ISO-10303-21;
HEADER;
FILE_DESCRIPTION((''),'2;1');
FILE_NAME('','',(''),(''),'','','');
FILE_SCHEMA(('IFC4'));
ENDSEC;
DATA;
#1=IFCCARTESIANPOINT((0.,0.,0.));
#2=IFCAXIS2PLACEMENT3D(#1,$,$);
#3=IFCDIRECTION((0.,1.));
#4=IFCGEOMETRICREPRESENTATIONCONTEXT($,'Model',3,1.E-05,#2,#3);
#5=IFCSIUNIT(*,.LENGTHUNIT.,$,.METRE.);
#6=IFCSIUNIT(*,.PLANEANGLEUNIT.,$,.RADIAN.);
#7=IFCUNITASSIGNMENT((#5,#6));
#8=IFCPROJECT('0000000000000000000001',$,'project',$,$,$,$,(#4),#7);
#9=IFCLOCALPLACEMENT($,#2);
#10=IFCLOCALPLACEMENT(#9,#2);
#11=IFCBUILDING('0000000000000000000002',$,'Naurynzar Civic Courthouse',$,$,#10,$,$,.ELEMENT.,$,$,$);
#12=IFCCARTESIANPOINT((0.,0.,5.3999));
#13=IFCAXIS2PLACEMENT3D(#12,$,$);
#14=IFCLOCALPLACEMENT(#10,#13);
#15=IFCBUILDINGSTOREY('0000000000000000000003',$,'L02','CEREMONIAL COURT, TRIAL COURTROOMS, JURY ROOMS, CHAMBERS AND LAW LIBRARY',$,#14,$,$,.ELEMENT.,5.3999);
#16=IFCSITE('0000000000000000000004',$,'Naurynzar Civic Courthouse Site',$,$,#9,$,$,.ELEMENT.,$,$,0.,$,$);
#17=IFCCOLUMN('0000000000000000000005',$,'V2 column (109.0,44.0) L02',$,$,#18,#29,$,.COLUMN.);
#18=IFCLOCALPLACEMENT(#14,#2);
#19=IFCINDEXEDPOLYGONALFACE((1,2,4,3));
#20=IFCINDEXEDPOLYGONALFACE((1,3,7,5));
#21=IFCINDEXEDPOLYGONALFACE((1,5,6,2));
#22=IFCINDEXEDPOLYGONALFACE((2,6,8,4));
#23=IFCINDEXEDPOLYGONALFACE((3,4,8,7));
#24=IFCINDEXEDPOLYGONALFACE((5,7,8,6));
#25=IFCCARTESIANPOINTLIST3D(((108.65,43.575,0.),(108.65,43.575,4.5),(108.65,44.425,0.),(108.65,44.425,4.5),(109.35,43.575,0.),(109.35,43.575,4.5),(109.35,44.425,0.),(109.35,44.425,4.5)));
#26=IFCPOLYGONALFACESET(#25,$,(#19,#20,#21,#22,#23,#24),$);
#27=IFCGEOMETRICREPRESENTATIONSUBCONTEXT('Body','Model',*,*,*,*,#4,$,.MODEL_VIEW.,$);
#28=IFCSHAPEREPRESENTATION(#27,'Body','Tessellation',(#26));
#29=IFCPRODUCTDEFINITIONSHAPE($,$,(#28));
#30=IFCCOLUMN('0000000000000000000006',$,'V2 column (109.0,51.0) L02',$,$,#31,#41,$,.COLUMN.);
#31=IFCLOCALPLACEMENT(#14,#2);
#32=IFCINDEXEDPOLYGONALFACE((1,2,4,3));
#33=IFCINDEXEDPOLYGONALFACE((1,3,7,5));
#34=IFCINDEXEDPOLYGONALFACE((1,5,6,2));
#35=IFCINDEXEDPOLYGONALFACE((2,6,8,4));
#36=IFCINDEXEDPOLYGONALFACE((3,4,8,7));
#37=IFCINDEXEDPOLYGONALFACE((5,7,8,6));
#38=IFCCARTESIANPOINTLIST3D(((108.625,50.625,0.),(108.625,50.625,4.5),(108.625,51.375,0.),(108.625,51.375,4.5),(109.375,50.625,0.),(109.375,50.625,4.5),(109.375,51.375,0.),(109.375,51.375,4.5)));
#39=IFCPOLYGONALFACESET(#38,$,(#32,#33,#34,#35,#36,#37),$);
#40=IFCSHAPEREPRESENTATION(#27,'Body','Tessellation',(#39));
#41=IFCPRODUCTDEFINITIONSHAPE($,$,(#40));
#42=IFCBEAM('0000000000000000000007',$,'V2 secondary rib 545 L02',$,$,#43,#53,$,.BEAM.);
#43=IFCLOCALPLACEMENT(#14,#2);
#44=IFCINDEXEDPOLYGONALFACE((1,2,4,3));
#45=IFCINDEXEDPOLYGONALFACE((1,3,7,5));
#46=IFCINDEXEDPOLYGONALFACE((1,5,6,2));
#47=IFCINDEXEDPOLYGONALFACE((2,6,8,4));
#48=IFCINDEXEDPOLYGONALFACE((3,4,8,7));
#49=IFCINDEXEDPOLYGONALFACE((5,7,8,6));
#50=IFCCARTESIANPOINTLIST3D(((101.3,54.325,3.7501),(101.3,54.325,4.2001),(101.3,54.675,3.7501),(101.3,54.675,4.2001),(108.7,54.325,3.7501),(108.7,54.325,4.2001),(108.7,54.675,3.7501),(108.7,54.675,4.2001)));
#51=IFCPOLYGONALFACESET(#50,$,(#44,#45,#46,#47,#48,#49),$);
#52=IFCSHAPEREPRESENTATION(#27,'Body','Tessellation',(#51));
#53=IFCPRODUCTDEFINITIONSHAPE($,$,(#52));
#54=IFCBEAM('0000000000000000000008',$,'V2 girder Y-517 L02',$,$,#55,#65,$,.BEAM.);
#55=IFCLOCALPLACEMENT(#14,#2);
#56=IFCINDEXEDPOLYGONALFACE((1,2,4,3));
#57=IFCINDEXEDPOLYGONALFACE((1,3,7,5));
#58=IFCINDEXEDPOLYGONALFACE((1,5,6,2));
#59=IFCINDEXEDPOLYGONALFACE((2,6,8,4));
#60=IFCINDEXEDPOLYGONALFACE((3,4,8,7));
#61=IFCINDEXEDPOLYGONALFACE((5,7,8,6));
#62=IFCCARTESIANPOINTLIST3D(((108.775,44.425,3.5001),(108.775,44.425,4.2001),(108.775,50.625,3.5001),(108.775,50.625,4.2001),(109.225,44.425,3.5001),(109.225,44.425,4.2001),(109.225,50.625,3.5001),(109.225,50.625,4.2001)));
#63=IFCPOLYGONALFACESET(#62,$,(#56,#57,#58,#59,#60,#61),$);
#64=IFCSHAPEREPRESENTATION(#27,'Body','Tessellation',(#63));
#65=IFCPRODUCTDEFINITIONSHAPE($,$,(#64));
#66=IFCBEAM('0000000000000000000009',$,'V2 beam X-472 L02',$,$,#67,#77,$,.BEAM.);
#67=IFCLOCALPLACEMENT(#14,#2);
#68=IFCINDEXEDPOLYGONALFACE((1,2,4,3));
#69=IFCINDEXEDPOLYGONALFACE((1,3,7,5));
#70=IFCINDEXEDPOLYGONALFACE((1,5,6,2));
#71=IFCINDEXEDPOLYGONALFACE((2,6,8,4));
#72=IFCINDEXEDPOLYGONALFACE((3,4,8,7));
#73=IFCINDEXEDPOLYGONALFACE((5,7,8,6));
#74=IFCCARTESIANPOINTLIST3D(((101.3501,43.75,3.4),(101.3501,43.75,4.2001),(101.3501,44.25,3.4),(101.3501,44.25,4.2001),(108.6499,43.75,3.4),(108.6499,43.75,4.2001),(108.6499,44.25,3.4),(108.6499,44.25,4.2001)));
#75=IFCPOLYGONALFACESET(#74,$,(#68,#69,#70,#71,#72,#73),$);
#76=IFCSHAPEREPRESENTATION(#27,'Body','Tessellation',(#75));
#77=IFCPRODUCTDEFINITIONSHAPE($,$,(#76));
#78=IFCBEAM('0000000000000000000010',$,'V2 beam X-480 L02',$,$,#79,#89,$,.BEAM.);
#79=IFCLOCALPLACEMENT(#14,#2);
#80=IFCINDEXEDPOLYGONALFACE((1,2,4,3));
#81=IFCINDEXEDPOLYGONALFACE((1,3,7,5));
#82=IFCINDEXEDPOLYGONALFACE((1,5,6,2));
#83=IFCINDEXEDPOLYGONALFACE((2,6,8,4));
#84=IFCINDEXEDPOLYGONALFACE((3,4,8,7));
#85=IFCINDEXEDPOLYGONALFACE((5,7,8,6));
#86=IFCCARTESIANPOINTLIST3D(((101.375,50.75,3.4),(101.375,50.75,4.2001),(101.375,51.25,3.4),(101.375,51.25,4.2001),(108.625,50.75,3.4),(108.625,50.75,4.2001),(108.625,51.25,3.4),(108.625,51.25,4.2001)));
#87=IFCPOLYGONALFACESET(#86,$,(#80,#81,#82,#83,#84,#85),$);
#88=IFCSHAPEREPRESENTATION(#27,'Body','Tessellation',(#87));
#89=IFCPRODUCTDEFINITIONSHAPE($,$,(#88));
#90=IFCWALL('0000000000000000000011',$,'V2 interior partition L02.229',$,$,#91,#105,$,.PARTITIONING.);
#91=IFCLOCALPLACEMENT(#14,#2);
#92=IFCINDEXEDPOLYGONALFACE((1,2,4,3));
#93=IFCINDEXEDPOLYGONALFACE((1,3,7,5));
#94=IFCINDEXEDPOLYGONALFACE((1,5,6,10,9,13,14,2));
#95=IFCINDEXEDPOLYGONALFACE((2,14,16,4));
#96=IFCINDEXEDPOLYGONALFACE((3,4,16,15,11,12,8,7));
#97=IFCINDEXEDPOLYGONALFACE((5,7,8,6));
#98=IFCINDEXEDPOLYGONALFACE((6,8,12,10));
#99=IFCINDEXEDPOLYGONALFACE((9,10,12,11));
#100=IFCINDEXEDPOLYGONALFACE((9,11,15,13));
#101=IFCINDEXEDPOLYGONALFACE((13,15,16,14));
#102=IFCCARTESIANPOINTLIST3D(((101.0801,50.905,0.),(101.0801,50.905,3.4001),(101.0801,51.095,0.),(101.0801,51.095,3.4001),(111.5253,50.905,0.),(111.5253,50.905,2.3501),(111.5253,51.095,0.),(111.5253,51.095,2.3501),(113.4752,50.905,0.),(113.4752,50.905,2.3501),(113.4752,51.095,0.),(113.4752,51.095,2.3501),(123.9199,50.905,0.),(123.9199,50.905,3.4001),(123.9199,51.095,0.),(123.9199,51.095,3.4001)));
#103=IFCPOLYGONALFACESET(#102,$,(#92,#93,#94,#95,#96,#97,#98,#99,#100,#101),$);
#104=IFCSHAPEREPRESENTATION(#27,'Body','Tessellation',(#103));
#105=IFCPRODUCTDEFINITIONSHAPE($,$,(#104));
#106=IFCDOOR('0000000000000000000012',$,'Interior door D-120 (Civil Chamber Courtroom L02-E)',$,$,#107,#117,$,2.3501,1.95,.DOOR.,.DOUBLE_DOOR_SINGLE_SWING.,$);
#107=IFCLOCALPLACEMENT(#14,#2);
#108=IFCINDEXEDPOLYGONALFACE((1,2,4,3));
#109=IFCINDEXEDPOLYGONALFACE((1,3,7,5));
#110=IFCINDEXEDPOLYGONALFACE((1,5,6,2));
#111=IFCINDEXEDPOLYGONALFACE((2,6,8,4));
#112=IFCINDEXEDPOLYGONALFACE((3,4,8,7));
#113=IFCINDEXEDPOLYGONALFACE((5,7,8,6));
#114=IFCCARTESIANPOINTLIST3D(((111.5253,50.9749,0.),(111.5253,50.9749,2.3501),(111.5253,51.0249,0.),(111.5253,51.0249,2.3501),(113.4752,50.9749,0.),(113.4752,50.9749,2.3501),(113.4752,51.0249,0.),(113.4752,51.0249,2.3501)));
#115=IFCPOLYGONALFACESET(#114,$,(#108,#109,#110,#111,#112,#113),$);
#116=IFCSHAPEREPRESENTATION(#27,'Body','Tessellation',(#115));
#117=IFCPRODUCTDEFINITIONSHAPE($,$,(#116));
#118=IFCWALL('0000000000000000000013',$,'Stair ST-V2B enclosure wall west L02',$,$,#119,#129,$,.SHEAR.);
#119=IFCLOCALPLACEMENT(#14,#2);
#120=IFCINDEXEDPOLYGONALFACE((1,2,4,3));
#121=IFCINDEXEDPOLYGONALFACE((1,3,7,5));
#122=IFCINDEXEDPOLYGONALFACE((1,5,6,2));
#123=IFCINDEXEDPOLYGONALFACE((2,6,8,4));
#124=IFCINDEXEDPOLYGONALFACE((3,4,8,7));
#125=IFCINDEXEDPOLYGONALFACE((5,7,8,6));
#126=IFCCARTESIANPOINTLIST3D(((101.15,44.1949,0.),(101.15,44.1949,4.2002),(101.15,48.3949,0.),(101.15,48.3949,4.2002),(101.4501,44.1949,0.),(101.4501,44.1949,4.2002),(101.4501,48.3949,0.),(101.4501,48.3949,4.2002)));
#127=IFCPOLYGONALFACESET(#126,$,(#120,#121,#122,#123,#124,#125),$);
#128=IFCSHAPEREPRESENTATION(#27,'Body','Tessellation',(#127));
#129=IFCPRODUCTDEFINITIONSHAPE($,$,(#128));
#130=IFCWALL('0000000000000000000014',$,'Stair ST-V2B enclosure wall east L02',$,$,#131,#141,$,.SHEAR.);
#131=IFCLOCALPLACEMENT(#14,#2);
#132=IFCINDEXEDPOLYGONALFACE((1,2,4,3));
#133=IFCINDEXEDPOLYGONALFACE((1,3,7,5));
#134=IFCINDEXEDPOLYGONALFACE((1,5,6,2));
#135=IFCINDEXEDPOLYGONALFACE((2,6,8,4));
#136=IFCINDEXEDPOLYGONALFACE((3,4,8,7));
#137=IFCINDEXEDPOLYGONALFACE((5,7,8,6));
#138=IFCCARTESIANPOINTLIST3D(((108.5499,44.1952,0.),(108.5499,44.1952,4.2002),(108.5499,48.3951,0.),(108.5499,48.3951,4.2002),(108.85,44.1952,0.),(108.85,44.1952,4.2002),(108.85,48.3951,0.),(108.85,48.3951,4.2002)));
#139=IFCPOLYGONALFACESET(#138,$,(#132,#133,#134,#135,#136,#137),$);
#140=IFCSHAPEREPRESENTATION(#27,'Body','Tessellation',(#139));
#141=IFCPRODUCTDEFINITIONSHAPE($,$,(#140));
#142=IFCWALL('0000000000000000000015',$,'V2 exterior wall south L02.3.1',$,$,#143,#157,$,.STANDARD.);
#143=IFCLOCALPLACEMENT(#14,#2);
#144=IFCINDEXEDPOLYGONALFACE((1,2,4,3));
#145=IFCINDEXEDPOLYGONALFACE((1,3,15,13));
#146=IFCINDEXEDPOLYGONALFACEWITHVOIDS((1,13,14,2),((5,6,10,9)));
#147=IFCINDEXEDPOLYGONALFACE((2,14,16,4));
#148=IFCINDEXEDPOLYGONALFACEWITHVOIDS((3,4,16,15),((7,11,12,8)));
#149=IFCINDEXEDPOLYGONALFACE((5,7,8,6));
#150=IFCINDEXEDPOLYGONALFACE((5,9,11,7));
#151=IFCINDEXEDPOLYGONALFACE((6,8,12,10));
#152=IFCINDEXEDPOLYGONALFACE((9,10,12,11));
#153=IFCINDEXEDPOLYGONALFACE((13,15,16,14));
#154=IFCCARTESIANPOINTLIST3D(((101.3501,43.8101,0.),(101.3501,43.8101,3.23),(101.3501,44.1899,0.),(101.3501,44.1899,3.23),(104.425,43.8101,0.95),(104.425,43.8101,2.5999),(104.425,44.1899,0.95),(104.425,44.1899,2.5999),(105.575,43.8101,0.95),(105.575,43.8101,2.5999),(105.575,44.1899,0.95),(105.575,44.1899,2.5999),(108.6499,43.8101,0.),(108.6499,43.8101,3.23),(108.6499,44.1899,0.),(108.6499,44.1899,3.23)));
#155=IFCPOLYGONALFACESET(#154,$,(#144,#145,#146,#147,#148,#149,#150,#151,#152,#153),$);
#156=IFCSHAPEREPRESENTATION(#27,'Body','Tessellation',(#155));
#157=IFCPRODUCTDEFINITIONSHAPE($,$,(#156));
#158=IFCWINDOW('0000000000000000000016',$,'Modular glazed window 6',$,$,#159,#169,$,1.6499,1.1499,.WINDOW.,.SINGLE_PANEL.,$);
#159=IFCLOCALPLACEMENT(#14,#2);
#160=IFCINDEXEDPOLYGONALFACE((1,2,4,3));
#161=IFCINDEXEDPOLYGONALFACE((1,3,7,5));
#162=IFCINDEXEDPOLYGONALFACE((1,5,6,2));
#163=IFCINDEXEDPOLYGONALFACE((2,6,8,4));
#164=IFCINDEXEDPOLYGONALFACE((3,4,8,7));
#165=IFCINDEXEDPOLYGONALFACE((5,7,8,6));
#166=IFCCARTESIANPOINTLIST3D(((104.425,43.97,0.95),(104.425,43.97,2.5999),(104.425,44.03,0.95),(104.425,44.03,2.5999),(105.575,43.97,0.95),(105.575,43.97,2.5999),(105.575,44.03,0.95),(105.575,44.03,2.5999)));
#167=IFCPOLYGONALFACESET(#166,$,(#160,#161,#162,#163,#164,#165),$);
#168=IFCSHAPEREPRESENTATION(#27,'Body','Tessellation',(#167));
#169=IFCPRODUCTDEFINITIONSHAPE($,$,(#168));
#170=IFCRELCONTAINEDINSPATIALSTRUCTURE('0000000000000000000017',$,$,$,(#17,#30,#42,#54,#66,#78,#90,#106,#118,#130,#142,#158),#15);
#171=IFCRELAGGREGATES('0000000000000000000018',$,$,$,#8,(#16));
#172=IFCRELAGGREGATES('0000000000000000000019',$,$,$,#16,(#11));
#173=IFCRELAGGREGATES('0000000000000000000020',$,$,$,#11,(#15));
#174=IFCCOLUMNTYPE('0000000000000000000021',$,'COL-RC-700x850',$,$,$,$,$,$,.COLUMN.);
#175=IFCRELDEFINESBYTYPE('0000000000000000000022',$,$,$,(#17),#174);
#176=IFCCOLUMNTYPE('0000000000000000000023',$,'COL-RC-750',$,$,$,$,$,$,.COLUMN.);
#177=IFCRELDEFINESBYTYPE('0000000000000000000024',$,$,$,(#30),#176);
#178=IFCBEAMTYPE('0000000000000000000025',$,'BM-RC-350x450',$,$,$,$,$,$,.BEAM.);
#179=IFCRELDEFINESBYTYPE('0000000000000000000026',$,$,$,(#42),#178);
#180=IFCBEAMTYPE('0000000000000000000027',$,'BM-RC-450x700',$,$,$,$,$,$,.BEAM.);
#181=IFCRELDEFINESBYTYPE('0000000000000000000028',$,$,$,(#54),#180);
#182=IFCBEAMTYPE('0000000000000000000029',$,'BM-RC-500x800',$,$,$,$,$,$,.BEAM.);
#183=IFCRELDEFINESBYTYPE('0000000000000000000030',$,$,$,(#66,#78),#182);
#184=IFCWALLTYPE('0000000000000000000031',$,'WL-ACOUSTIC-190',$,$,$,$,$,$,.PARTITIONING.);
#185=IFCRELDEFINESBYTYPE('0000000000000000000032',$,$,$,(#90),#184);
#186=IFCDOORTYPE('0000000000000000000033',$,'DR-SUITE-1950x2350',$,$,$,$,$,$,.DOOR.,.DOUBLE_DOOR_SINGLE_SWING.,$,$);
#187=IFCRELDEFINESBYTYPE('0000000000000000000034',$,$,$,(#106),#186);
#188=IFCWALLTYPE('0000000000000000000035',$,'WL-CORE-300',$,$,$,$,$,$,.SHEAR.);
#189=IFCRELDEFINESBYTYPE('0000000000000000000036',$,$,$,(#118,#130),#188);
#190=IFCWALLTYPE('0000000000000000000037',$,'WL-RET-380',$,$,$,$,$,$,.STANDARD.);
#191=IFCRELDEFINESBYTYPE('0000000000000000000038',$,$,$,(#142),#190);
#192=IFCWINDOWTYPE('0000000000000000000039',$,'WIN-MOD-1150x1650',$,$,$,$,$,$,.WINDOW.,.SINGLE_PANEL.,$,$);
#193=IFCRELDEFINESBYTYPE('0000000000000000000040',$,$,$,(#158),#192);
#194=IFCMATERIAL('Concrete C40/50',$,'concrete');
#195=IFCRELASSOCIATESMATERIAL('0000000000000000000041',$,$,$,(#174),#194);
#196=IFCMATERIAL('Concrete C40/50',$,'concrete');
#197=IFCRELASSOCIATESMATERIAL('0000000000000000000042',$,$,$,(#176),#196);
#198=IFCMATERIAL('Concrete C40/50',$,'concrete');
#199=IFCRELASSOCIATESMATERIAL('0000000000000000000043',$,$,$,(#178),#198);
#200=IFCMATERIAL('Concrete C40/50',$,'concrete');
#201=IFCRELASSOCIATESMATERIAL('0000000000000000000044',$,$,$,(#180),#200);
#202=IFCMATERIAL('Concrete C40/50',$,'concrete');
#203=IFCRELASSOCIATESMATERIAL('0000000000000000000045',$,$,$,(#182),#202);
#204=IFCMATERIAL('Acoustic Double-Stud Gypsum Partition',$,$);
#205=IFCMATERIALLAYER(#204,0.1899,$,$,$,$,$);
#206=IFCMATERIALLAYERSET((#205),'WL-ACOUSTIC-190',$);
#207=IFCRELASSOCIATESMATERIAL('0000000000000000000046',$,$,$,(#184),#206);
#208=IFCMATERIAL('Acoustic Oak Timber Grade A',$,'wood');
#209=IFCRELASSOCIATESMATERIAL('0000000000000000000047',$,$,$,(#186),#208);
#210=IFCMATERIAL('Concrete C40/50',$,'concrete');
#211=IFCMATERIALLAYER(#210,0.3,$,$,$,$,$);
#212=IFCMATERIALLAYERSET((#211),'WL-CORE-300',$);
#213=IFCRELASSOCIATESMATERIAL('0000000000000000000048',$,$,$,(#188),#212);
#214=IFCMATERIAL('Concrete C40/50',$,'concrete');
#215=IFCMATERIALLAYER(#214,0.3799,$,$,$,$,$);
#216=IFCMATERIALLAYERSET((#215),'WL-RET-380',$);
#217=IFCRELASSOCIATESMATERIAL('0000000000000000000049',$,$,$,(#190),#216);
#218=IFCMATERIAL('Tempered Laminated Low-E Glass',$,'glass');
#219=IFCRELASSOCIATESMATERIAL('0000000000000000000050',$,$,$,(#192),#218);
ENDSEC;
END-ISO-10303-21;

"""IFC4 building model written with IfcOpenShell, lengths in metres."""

from ifc_helpers import new_model, si_unit, direction, frame, frame_2d, origin, origin_2d, place, context, subcontext, project, spatial, rectangle, extrude, material, layer, layer_set, material_profile, profile_set, type_object, element, fill, save


model = new_model("IFC4")

# Units and contexts
model_context = context("Model", 3, precision=1e-05, world=origin(), true_north=direction((0.0, 1.0)))
body_context = subcontext(model_context, "Body", "Model", "MODEL_VIEW")
ifc_project = project(units=[si_unit("LENGTHUNIT", "METRE"), si_unit("PLANEANGLEUNIT", "RADIAN")], contexts=[model_context])

# Site, building, storey
site_placement = place(None, origin())
site = spatial("IfcSite", under=ifc_project, at=site_placement, Name="Naurynzar Civic Courthouse Site", CompositionType="ELEMENT", RefElevation=0.0)
building_placement = place(site_placement, origin())
building = spatial("IfcBuilding", under=site, at=building_placement, Name="Naurynzar Civic Courthouse", CompositionType="ELEMENT")
storey_placement = place(building_placement, frame((0.0, 0.0, 5.3999)))
storey = spatial("IfcBuildingStorey", under=building, at=storey_placement, Name="L02", Description="CEREMONIAL COURT, TRIAL COURTROOMS, JURY ROOMS, CHAMBERS AND LAW LIBRARY", CompositionType="ELEMENT", Elevation=5.3999)

# Columns
ifc_material_1 = material(Name="Concrete C40/50", Category="concrete")
ifc_material_profile_1 = material_profile(ifc_material_1, rectangle(XDim=0.7, YDim=0.8501, at=origin_2d()), Name="RC 700x850")
ifc_profile_set_1 = profile_set([ifc_material_profile_1], Name="Concrete C40/50")
column_type_1 = type_object("IfcColumnType", Name="COL-RC-700x850", PredefinedType="COLUMN", material=ifc_profile_set_1)
column_1_placement = place(storey_placement, frame((109.0, 44.0, 0.0), z_axis=(0.0, 0.0, 1.0), x_axis=(1.0, 0.0, 0.0)))
element("IfcColumn", 1, at=column_1_placement, inside=storey, type_object=column_type_1, Name="V2 column (109.0,44.0) L02", PredefinedType="COLUMN", context=body_context, shape_type="SweptSolid", body=[
    extrude(rectangle(XDim=0.7, YDim=0.8501, at=origin_2d()), origin(), (0.0, 0.0, 1.0), 4.5),
])
ifc_material_2 = material(Name="Concrete C40/50", Category="concrete")
ifc_material_profile_2 = material_profile(ifc_material_2, rectangle(XDim=0.75, YDim=0.75, at=origin_2d()), Name="RC 750x750")
ifc_profile_set_2 = profile_set([ifc_material_profile_2], Name="Concrete C40/50")
column_type_2 = type_object("IfcColumnType", Name="COL-RC-750", PredefinedType="COLUMN", material=ifc_profile_set_2)
column_2_placement = place(storey_placement, frame((109.0, 51.0, 0.0), z_axis=(0.0, 0.0, 1.0), x_axis=(1.0, 0.0, 0.0)))
element("IfcColumn", 2, at=column_2_placement, inside=storey, type_object=column_type_2, Name="V2 column (109.0,51.0) L02", PredefinedType="COLUMN", context=body_context, shape_type="SweptSolid", body=[
    extrude(rectangle(XDim=0.75, YDim=0.75, at=origin_2d()), origin(), (0.0, 0.0, 1.0), 4.5),
])

# Beams
ifc_material_3 = material(Name="Concrete C40/50", Category="concrete")
ifc_material_profile_3 = material_profile(ifc_material_3, rectangle(XDim=0.3501, YDim=0.45, at=origin_2d()), Name="RCB 350x450")
ifc_profile_set_3 = profile_set([ifc_material_profile_3], Name="Concrete C40/50")
beam_type_1 = type_object("IfcBeamType", Name="BM-RC-350x450", PredefinedType="BEAM", material=ifc_profile_set_3)
beam_1_placement = place(storey_placement, frame((101.3, 54.5, 3.9751), z_axis=(1.0, 0.0, 0.0), x_axis=(0.0, 1.0, 0.0)))
element("IfcBeam", 3, at=beam_1_placement, inside=storey, type_object=beam_type_1, Name="V2 secondary rib 545 L02", PredefinedType="BEAM", context=body_context, shape_type="SweptSolid", body=[
    extrude(rectangle(XDim=0.3501, YDim=0.45, at=origin_2d()), origin(), (0.0, 0.0, 1.0), 7.3999),
])
ifc_material_4 = material(Name="Concrete C40/50", Category="concrete")
ifc_material_profile_4 = material_profile(ifc_material_4, rectangle(XDim=0.45, YDim=0.7, at=origin_2d()), Name="RCB 450x700")
ifc_profile_set_4 = profile_set([ifc_material_profile_4], Name="Concrete C40/50")
beam_type_2 = type_object("IfcBeamType", Name="BM-RC-450x700", PredefinedType="BEAM", material=ifc_profile_set_4)
beam_2_placement = place(storey_placement, frame((109.0, 44.425, 3.8501), z_axis=(0.0, 1.0, 0.0), x_axis=(-1.0, 0.0, 0.0)))
element("IfcBeam", 4, at=beam_2_placement, inside=storey, type_object=beam_type_2, Name="V2 girder Y-517 L02", PredefinedType="BEAM", context=body_context, shape_type="SweptSolid", body=[
    extrude(rectangle(XDim=0.45, YDim=0.7, at=origin_2d()), origin(), (0.0, 0.0, 1.0), 6.2),
])
ifc_material_5 = material(Name="Concrete C40/50", Category="concrete")
ifc_material_profile_5 = material_profile(ifc_material_5, rectangle(XDim=0.5, YDim=0.8, at=origin_2d()), Name="RCB 500x800")
ifc_profile_set_5 = profile_set([ifc_material_profile_5], Name="Concrete C40/50")
beam_type_3 = type_object("IfcBeamType", Name="BM-RC-500x800", PredefinedType="BEAM", material=ifc_profile_set_5)
beam_3_placement = place(storey_placement, frame((101.3501, 44.0, 3.8), z_axis=(1.0, 0.0, 0.0), x_axis=(0.0, 1.0, 0.0)))
element("IfcBeam", 5, at=beam_3_placement, inside=storey, type_object=beam_type_3, Name="V2 beam X-472 L02", PredefinedType="BEAM", context=body_context, shape_type="SweptSolid", body=[
    extrude(rectangle(XDim=0.5, YDim=0.8, at=origin_2d()), origin(), (0.0, 0.0, 1.0), 7.2998),
])
beam_4_placement = place(storey_placement, frame((101.375, 51.0, 3.8), z_axis=(1.0, 0.0, 0.0), x_axis=(0.0, 1.0, 0.0)))
element("IfcBeam", 6, at=beam_4_placement, inside=storey, type_object=beam_type_3, Name="V2 beam X-480 L02", PredefinedType="BEAM", context=body_context, shape_type="SweptSolid", body=[
    extrude(rectangle(XDim=0.5, YDim=0.8, at=origin_2d()), origin(), (0.0, 0.0, 1.0), 7.25),
])

# Wall, opening, door
ifc_material_6 = material(Name="Acoustic Double-Stud Gypsum Partition")
ifc_layer_1 = layer(ifc_material_6, 0.1899)
ifc_layer_set_1 = layer_set([ifc_layer_1], Name="WL-ACOUSTIC-190")
wall_type_1 = type_object("IfcWallType", Name="WL-ACOUSTIC-190", PredefinedType="PARTITIONING", material=ifc_layer_set_1)
wall_1_placement = place(storey_placement, frame((101.0801, 51.0, 0.0), z_axis=(0.0, 0.0, 1.0), x_axis=(1.0, 0.0, 0.0)))
wall_1 = element("IfcWall", 7, at=wall_1_placement, inside=storey, type_object=wall_type_1, Name="V2 interior partition L02.229", PredefinedType="PARTITIONING", context=body_context, shape_type="SweptSolid", body=[
    extrude(rectangle(XDim=22.8398, YDim=0.1899, at=frame_2d((11.4199, 0.0))), origin(), (0.0, 0.0, 1.0), 3.4001),
])
opening_1_placement = place(wall_1_placement, frame((10.4451, 0.0, 0.0)))
opening_1 = element("IfcOpeningElement", 8, at=opening_1_placement, cuts=wall_1, PredefinedType="OPENING", context=body_context, shape_type="SweptSolid", body=[
    extrude(rectangle(XDim=1.95, YDim=2.3501, at=frame_2d((0.9751, 1.175))), frame((0.0, 0.105, 0.0), z_axis=(0.0, -1.0, 0.0), x_axis=(1.0, 0.0, 0.0)), (0.0, 0.0, 1.0), 0.21),
])
ifc_material_7 = material(Name="Acoustic Oak Timber Grade A", Category="wood")
door_type_1 = type_object("IfcDoorType", Name="DR-SUITE-1950x2350", OperationType="DOUBLE_DOOR_SINGLE_SWING", PredefinedType="DOOR", material=ifc_material_7)
door_1_placement = place(opening_1_placement, origin())
door_1 = element("IfcDoor", 9, at=door_1_placement, inside=storey, type_object=door_type_1, Name="Interior door D-120 (Civil Chamber Courtroom L02-E)", OperationType="DOUBLE_DOOR_SINGLE_SWING", OverallHeight=2.3501, OverallWidth=1.95, PredefinedType="DOOR", context=body_context, shape_type="SweptSolid", body=[
    extrude(rectangle(XDim=1.95, YDim=2.3501, at=frame_2d((0.9751, 1.175))), frame((0.0, 0.0249, 0.0), z_axis=(0.0, -1.0, 0.0), x_axis=(1.0, 0.0, 0.0)), (0.0, 0.0, 1.0), 0.05),
])
fill(opening_1, door_1)
ifc_material_8 = material(Name="Concrete C40/50", Category="concrete")
ifc_layer_2 = layer(ifc_material_8, 0.3)
ifc_layer_set_2 = layer_set([ifc_layer_2], Name="WL-CORE-300")
wall_type_2 = type_object("IfcWallType", Name="WL-CORE-300", PredefinedType="SHEAR", material=ifc_layer_set_2)

# Walls
for number, where, z_axis, x_axis, name in (
    (10, (101.3, 48.395, 0.0), (0.0, 0.0, 1.0), (0.0, -1.0, 0.0), "Stair ST-V2B enclosure wall west L02"),
    (11, (108.7, 44.1951, 0.0), (0.0, 0.0, 1.0), (0.0, 1.0, 0.0), "Stair ST-V2B enclosure wall east L02"),
):
    element("IfcWall", number, at=place(storey_placement, frame(where, z_axis=z_axis, x_axis=x_axis)), inside=storey, type_object=wall_type_2, Name=name, PredefinedType="SHEAR", context=body_context, shape_type="SweptSolid", body=[
        extrude(rectangle(XDim=4.2, YDim=0.3, at=frame_2d((2.1001, 0.0))), origin(), (0.0, 0.0, 1.0), 4.2002),
    ])

# Wall, opening, window
ifc_material_9 = material(Name="Concrete C40/50", Category="concrete")
ifc_layer_3 = layer(ifc_material_9, 0.3799)
ifc_layer_set_3 = layer_set([ifc_layer_3], Name="WL-RET-380")
wall_type_3 = type_object("IfcWallType", Name="WL-RET-380", PredefinedType="STANDARD", material=ifc_layer_set_3)
wall_2_placement = place(storey_placement, frame((108.6499, 44.0, 0.0), z_axis=(0.0, 0.0, 1.0), x_axis=(-1.0, 0.0, 0.0)))
wall_2 = element("IfcWall", 12, at=wall_2_placement, inside=storey, type_object=wall_type_3, Name="V2 exterior wall south L02.3.1", PredefinedType="STANDARD", context=body_context, shape_type="SweptSolid", body=[
    extrude(rectangle(XDim=7.2998, YDim=0.3799, at=frame_2d((3.6499, 0.0))), origin(), (0.0, 0.0, 1.0), 3.23),
])
opening_2_placement = place(wall_2_placement, frame((3.075, 0.0, 0.95)))
opening_2 = element("IfcOpeningElement", 13, at=opening_2_placement, cuts=wall_2, PredefinedType="OPENING", context=body_context, shape_type="SweptSolid", body=[
    extrude(rectangle(XDim=1.1499, YDim=1.6499, at=frame_2d((0.575, 0.825))), frame((0.0, 0.2, 0.0), z_axis=(0.0, -1.0, 0.0), x_axis=(1.0, 0.0, 0.0)), (0.0, 0.0, 1.0), 0.3999),
])
ifc_material_10 = material(Name="Tempered Laminated Low-E Glass", Category="glass")
window_type = type_object("IfcWindowType", Name="WIN-MOD-1150x1650", PartitioningType="SINGLE_PANEL", PredefinedType="WINDOW", material=ifc_material_10)
window_placement = place(opening_2_placement, origin())
window = element("IfcWindow", 14, at=window_placement, inside=storey, type_object=window_type, Name="Modular glazed window 6", OverallHeight=1.6499, OverallWidth=1.1499, PartitioningType="SINGLE_PANEL", PredefinedType="WINDOW", context=body_context, shape_type="SweptSolid", body=[
    extrude(rectangle(XDim=1.1499, YDim=1.6499, at=frame_2d((0.575, 0.825))), frame((0.0, 0.03, 0.0), z_axis=(0.0, -1.0, 0.0), x_axis=(1.0, 0.0, 0.0)), (0.0, 0.0, 1.0), 0.0601),
])
fill(opening_2, window)

save(model, "model.ifc")
